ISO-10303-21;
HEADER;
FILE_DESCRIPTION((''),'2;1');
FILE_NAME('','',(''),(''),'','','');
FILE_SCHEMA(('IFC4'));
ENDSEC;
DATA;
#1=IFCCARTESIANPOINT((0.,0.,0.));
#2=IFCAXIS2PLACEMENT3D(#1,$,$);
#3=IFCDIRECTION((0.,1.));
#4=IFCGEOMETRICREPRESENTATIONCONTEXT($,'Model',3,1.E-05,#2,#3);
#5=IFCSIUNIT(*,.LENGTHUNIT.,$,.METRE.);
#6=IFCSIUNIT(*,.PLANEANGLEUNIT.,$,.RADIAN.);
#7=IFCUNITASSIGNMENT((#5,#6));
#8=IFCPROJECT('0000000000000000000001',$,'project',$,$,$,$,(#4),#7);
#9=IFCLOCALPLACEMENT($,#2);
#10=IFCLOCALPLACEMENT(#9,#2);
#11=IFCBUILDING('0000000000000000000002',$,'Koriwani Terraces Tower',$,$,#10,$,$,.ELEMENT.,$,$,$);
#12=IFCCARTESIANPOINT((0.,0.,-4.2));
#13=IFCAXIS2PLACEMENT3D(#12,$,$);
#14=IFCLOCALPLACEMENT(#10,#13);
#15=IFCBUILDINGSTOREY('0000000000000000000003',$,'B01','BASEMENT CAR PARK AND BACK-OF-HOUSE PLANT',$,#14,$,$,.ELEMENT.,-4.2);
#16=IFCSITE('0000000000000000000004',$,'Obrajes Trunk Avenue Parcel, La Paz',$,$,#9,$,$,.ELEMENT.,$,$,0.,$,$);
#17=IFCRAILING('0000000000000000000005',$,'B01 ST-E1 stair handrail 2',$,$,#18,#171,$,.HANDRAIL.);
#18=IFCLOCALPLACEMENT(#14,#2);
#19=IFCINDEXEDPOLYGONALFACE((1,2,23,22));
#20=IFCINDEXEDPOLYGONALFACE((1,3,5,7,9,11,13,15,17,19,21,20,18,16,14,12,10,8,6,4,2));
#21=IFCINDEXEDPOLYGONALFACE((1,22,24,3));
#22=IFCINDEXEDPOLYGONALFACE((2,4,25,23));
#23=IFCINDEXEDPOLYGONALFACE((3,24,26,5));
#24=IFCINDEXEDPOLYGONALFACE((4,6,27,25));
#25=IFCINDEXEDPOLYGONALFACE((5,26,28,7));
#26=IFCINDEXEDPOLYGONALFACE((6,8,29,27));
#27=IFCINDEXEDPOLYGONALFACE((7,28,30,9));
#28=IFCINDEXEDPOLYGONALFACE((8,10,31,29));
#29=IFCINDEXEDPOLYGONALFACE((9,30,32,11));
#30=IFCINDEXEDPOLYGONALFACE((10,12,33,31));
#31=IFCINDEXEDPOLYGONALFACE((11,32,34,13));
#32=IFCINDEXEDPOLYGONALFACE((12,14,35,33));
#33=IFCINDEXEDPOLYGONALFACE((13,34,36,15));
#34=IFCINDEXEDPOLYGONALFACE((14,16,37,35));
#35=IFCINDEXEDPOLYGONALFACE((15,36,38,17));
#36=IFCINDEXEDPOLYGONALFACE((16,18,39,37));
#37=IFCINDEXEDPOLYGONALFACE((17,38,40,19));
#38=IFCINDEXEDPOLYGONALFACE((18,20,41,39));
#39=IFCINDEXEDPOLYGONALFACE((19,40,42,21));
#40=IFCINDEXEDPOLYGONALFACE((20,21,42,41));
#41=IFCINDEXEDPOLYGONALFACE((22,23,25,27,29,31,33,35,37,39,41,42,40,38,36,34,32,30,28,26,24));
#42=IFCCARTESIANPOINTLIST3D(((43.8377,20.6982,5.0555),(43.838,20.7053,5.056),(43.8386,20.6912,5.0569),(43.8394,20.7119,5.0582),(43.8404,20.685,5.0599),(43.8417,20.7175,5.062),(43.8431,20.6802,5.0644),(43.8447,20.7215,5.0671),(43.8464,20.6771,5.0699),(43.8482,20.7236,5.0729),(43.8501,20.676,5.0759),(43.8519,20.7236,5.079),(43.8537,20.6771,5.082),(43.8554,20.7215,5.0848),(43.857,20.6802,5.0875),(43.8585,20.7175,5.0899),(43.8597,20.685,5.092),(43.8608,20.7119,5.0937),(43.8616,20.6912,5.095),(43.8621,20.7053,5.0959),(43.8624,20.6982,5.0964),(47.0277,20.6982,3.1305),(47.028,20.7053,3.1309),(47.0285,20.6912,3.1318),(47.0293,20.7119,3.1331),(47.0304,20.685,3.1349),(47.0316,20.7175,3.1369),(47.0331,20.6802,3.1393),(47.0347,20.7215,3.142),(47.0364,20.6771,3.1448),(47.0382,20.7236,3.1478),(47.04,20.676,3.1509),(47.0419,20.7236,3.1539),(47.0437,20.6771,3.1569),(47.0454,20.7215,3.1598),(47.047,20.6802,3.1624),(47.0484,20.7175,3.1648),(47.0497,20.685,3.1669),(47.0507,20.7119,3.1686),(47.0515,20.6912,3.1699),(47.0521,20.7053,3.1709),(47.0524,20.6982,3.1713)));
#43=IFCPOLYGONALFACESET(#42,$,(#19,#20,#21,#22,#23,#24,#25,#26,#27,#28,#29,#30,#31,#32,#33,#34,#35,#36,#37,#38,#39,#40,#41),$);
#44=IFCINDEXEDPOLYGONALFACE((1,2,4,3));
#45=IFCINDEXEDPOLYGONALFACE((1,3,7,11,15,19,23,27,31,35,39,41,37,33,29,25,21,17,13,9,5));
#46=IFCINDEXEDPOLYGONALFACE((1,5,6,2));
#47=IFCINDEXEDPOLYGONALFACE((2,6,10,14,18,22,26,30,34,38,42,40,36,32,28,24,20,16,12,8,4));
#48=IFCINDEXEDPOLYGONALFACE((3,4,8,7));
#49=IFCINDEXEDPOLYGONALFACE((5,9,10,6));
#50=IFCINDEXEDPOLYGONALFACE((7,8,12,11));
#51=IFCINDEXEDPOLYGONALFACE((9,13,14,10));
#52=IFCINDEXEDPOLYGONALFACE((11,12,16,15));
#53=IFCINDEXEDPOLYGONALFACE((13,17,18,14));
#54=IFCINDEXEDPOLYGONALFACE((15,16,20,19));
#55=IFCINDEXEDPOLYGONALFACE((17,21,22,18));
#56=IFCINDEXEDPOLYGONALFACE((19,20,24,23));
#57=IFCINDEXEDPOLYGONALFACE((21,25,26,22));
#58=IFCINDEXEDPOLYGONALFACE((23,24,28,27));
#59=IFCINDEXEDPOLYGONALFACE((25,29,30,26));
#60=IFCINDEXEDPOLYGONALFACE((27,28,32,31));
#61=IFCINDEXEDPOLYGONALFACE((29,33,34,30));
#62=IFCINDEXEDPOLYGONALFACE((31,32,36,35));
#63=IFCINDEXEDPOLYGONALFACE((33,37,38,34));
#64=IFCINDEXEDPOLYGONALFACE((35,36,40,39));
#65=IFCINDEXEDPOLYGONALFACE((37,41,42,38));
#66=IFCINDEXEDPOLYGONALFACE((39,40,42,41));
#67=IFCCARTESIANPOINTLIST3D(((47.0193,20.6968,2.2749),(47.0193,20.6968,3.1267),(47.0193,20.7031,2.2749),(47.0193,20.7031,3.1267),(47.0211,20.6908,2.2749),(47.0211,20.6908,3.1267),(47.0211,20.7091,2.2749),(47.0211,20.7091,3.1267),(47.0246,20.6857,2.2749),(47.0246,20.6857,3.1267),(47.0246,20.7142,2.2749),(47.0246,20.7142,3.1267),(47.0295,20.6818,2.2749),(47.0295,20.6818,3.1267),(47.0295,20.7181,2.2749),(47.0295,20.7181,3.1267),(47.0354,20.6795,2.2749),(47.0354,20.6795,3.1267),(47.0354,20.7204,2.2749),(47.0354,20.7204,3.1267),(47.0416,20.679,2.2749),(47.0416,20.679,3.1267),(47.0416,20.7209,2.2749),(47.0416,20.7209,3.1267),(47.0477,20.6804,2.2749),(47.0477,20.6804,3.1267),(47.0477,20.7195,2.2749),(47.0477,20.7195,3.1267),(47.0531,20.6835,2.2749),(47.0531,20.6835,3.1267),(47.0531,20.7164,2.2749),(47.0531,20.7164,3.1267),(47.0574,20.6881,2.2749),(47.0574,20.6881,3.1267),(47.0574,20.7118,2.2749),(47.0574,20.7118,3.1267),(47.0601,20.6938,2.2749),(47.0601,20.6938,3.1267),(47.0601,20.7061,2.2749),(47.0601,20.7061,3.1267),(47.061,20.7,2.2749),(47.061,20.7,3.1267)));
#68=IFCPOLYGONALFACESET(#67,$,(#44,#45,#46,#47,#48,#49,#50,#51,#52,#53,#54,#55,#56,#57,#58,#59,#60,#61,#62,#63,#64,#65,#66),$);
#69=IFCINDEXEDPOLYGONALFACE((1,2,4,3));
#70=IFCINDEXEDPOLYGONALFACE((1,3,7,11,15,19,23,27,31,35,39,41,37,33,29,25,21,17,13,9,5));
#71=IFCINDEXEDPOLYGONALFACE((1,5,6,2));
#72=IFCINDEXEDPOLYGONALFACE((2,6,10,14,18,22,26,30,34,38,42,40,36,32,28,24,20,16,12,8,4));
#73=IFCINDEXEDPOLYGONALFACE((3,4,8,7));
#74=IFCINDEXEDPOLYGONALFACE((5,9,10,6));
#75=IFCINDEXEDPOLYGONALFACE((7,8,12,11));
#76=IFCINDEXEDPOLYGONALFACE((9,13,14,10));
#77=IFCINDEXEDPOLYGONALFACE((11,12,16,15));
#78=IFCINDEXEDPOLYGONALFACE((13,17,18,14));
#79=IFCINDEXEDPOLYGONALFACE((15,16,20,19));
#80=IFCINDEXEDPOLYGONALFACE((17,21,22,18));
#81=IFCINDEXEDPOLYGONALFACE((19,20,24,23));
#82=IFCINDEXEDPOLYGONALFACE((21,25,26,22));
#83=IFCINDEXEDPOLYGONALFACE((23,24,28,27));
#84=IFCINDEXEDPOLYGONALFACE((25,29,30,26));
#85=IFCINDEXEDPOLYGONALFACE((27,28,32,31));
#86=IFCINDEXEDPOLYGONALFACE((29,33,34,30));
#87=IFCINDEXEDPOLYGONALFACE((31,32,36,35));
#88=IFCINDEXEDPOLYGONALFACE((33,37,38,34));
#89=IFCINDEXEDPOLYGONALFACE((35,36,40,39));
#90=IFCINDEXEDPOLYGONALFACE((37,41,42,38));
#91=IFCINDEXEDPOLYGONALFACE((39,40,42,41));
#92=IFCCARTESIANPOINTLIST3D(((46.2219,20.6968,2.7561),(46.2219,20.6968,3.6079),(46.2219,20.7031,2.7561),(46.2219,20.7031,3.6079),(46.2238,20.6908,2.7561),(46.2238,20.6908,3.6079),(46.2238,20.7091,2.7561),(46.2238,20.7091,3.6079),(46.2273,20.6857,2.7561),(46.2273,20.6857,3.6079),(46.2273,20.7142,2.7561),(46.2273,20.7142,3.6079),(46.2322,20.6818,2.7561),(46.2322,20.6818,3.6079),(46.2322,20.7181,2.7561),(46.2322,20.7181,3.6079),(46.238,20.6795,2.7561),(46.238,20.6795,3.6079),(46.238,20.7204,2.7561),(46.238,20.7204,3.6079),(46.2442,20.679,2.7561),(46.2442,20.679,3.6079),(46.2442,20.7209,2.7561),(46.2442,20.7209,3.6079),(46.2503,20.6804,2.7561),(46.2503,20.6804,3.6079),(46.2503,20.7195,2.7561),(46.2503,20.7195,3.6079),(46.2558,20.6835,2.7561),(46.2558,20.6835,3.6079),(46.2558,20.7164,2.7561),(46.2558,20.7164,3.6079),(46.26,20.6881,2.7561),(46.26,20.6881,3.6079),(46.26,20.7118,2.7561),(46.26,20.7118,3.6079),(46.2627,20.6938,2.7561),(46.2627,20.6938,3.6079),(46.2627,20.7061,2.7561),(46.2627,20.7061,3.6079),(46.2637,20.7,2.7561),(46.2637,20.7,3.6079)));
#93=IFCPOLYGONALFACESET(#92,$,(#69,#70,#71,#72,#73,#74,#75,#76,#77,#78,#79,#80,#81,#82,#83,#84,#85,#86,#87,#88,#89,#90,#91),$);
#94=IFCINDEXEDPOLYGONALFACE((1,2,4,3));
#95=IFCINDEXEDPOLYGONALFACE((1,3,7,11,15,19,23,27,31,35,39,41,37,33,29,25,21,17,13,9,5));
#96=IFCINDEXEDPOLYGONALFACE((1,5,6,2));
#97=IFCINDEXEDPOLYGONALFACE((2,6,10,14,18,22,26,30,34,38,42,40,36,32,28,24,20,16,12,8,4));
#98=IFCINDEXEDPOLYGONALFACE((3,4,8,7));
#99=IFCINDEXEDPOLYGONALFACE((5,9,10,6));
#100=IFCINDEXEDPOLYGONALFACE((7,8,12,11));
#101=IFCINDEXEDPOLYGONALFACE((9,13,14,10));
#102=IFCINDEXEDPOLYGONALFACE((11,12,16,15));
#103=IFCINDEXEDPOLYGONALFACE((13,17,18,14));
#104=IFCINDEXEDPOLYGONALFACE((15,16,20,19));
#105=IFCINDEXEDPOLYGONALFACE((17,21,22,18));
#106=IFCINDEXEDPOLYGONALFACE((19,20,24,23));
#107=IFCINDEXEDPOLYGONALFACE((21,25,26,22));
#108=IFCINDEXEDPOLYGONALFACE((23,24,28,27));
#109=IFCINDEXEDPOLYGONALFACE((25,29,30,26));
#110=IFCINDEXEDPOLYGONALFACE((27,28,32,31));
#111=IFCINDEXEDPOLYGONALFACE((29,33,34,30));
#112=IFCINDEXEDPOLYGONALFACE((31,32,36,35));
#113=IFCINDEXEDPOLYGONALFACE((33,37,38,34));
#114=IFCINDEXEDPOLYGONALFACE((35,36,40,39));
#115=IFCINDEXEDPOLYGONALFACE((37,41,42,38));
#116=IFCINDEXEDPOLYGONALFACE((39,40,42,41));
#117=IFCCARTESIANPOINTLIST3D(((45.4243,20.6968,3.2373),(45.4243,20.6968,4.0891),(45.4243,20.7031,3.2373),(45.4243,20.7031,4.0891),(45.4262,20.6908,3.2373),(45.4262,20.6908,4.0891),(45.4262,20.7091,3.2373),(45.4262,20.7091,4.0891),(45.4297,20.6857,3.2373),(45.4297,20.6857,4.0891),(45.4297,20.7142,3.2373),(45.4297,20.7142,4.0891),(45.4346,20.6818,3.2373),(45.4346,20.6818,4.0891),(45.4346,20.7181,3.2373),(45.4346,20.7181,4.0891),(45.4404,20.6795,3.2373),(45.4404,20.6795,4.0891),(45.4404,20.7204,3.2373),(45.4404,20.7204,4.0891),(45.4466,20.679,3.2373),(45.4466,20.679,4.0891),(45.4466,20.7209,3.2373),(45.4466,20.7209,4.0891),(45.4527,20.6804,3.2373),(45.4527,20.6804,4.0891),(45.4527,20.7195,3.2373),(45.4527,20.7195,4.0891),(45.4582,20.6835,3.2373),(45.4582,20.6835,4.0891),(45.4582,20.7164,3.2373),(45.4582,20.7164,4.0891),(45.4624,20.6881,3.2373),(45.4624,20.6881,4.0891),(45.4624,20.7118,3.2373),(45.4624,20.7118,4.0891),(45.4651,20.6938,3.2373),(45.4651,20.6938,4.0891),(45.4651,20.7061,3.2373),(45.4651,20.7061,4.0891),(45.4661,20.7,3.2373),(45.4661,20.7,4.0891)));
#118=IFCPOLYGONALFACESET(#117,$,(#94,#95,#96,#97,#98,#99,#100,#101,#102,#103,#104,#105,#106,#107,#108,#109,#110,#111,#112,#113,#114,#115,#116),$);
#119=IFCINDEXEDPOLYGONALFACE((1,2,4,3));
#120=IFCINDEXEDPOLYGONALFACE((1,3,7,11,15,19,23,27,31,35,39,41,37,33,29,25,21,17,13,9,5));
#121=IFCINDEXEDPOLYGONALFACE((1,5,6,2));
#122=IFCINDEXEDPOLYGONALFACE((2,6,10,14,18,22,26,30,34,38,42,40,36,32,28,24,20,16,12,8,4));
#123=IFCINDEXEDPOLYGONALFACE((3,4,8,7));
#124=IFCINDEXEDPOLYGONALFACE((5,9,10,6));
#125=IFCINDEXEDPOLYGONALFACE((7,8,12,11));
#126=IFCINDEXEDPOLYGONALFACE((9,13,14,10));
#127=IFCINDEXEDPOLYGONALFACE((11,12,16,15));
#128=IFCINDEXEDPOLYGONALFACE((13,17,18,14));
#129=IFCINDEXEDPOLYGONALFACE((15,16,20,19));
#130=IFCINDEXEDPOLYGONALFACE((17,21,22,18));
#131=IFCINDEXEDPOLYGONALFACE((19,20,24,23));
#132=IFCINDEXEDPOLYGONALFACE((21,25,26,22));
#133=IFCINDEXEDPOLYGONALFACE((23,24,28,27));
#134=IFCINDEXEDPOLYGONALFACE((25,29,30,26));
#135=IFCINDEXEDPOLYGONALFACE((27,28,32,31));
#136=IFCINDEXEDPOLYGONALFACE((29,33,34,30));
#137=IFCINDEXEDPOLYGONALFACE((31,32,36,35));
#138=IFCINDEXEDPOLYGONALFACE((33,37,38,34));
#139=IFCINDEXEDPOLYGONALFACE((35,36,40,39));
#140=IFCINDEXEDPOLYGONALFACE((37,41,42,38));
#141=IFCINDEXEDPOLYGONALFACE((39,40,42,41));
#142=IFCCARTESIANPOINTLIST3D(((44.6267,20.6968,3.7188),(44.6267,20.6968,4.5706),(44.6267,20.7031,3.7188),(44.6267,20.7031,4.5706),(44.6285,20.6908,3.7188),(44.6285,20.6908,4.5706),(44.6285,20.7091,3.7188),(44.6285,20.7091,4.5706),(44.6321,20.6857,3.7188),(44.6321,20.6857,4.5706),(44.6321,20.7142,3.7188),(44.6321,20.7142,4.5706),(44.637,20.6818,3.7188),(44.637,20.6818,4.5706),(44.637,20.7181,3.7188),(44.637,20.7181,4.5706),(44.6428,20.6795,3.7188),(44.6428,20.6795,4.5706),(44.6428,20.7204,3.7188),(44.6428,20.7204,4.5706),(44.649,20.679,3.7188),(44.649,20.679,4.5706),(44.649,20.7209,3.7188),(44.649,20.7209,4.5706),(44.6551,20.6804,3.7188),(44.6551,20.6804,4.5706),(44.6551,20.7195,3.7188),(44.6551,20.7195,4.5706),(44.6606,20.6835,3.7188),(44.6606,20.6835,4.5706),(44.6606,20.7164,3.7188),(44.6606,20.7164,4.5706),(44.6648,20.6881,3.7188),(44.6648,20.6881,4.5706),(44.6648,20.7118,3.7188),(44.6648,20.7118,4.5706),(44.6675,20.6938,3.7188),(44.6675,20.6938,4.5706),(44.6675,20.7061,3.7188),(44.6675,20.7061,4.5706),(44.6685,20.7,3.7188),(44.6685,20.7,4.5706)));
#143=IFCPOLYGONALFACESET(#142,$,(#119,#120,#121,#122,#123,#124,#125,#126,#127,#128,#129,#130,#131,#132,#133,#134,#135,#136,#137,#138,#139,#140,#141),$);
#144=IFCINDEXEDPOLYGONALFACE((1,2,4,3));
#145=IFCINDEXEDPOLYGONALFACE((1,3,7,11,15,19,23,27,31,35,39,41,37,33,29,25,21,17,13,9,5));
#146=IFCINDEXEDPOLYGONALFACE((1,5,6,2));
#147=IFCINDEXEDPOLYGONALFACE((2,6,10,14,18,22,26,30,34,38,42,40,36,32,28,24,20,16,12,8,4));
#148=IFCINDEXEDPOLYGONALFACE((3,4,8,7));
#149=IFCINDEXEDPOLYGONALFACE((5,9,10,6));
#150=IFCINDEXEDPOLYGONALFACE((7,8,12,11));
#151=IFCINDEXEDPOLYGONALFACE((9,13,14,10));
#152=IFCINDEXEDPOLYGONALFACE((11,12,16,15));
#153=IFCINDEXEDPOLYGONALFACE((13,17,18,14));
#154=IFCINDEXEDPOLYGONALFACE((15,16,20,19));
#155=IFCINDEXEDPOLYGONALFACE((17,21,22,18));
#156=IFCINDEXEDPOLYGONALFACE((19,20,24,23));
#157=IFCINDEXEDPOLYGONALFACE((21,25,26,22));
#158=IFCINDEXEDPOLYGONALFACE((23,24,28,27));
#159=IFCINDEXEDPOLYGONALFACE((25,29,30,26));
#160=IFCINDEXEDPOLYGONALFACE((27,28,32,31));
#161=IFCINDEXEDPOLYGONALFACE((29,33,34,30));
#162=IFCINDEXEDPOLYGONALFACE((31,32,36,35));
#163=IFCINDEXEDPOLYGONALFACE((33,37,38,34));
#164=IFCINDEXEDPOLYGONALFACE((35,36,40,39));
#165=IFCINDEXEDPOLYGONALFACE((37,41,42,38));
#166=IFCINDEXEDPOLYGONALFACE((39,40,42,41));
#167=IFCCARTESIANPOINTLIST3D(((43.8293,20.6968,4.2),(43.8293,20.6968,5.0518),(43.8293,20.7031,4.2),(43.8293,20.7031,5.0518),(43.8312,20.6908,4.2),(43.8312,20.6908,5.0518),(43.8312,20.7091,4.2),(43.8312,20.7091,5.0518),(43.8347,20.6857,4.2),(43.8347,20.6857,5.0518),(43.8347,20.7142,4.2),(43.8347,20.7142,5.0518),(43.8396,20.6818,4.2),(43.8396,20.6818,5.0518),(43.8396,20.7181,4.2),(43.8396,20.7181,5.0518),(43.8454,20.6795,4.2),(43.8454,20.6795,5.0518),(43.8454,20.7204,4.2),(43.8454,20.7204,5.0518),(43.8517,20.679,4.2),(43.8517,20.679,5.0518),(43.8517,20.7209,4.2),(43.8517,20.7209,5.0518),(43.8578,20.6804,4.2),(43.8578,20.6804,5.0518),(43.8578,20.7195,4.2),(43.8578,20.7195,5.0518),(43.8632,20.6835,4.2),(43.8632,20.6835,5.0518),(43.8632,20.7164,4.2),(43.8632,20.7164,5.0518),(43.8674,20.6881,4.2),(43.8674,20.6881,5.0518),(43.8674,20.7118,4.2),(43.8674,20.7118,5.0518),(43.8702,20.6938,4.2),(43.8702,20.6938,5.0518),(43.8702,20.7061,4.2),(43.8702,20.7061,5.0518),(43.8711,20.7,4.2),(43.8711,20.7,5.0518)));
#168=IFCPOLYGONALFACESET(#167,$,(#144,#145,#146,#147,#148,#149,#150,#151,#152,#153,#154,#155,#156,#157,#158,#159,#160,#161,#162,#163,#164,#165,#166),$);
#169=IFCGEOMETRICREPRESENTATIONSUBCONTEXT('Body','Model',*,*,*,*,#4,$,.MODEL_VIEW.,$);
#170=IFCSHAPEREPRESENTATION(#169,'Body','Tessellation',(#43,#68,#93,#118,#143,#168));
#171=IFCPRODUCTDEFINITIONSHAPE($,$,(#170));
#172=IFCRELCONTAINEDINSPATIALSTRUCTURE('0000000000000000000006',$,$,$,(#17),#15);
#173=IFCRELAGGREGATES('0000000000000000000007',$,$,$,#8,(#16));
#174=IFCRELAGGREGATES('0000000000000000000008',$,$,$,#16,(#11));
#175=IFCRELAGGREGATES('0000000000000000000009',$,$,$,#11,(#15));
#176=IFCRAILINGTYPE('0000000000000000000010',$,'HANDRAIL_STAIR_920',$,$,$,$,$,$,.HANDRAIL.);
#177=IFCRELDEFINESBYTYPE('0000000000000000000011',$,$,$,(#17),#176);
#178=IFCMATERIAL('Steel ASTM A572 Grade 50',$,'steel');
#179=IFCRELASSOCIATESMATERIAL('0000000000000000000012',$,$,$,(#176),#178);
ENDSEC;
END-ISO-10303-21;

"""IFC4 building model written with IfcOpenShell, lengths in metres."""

from ifc_helpers import new_model, si_unit, direction, frame, origin, origin_2d, place, context, subcontext, project, spatial, circle, extrude, material, type_object, element, save


model = new_model("IFC4")

# Units and contexts
model_context = context("Model", 3, precision=1e-05, world=origin(), true_north=direction((0.0, 1.0)))
body_context = subcontext(model_context, "Body", "Model", "MODEL_VIEW")
ifc_project = project(units=[si_unit("LENGTHUNIT", "METRE"), si_unit("PLANEANGLEUNIT", "RADIAN")], contexts=[model_context])

# Site, building, storey
site_placement = place(None, origin())
site = spatial("IfcSite", under=ifc_project, at=site_placement, Name="Obrajes Trunk Avenue Parcel, La Paz", CompositionType="ELEMENT", RefElevation=0.0)
building_placement = place(site_placement, origin())
building = spatial("IfcBuilding", under=site, at=building_placement, Name="Koriwani Terraces Tower", CompositionType="ELEMENT")
storey_placement = place(building_placement, frame((0.0, 0.0, -4.2)))
storey = spatial("IfcBuildingStorey", under=building, at=storey_placement, Name="B01", Description="BASEMENT CAR PARK AND BACK-OF-HOUSE PLANT", CompositionType="ELEMENT", Elevation=-4.2)

# Shared definitions
ifc_material_1 = material(Name="Steel ASTM A572 Grade 50", Category="steel")

# Railing
railing_type_1 = type_object("IfcRailingType", Name="HANDRAIL_STAIR_920", PredefinedType="HANDRAIL", material=ifc_material_1)
railing_1_placement = place(storey_placement, frame((47.04, 20.7, 2.2749)))
element("IfcRailing", 1, at=railing_1_placement, inside=storey, type_object=railing_type_1, Name="B01 ST-E1 stair handrail 2", PredefinedType="HANDRAIL", context=body_context, shape_type="SweptSolid", body=[
    extrude(circle(Radius=0.0239, at=origin_2d()), frame((0.0, 0.0, 0.876), z_axis=(-0.856178, 0.0, 0.516682), x_axis=(0.0, -1.0, 0.0)), (0.0, 0.0, 1.0), 3.7258),
    extrude(circle(Radius=0.021, at=origin_2d()), origin(), (0.0, 0.0, 1.0), 0.8518),
    extrude(circle(Radius=0.021, at=origin_2d()), frame((-0.7974, 0.0, 0.4812)), (0.0, 0.0, 1.0), 0.8518),
    extrude(circle(Radius=0.021, at=origin_2d()), frame((-1.595, 0.0, 0.9624)), (0.0, 0.0, 1.0), 0.8518),
    extrude(circle(Radius=0.021, at=origin_2d()), frame((-2.3926, 0.0, 1.4438)), (0.0, 0.0, 1.0), 0.8518),
    extrude(circle(Radius=0.021, at=origin_2d()), frame((-3.1899, 0.0, 1.925)), (0.0, 0.0, 1.0), 0.8518),
])

save(model, "model.ifc")
